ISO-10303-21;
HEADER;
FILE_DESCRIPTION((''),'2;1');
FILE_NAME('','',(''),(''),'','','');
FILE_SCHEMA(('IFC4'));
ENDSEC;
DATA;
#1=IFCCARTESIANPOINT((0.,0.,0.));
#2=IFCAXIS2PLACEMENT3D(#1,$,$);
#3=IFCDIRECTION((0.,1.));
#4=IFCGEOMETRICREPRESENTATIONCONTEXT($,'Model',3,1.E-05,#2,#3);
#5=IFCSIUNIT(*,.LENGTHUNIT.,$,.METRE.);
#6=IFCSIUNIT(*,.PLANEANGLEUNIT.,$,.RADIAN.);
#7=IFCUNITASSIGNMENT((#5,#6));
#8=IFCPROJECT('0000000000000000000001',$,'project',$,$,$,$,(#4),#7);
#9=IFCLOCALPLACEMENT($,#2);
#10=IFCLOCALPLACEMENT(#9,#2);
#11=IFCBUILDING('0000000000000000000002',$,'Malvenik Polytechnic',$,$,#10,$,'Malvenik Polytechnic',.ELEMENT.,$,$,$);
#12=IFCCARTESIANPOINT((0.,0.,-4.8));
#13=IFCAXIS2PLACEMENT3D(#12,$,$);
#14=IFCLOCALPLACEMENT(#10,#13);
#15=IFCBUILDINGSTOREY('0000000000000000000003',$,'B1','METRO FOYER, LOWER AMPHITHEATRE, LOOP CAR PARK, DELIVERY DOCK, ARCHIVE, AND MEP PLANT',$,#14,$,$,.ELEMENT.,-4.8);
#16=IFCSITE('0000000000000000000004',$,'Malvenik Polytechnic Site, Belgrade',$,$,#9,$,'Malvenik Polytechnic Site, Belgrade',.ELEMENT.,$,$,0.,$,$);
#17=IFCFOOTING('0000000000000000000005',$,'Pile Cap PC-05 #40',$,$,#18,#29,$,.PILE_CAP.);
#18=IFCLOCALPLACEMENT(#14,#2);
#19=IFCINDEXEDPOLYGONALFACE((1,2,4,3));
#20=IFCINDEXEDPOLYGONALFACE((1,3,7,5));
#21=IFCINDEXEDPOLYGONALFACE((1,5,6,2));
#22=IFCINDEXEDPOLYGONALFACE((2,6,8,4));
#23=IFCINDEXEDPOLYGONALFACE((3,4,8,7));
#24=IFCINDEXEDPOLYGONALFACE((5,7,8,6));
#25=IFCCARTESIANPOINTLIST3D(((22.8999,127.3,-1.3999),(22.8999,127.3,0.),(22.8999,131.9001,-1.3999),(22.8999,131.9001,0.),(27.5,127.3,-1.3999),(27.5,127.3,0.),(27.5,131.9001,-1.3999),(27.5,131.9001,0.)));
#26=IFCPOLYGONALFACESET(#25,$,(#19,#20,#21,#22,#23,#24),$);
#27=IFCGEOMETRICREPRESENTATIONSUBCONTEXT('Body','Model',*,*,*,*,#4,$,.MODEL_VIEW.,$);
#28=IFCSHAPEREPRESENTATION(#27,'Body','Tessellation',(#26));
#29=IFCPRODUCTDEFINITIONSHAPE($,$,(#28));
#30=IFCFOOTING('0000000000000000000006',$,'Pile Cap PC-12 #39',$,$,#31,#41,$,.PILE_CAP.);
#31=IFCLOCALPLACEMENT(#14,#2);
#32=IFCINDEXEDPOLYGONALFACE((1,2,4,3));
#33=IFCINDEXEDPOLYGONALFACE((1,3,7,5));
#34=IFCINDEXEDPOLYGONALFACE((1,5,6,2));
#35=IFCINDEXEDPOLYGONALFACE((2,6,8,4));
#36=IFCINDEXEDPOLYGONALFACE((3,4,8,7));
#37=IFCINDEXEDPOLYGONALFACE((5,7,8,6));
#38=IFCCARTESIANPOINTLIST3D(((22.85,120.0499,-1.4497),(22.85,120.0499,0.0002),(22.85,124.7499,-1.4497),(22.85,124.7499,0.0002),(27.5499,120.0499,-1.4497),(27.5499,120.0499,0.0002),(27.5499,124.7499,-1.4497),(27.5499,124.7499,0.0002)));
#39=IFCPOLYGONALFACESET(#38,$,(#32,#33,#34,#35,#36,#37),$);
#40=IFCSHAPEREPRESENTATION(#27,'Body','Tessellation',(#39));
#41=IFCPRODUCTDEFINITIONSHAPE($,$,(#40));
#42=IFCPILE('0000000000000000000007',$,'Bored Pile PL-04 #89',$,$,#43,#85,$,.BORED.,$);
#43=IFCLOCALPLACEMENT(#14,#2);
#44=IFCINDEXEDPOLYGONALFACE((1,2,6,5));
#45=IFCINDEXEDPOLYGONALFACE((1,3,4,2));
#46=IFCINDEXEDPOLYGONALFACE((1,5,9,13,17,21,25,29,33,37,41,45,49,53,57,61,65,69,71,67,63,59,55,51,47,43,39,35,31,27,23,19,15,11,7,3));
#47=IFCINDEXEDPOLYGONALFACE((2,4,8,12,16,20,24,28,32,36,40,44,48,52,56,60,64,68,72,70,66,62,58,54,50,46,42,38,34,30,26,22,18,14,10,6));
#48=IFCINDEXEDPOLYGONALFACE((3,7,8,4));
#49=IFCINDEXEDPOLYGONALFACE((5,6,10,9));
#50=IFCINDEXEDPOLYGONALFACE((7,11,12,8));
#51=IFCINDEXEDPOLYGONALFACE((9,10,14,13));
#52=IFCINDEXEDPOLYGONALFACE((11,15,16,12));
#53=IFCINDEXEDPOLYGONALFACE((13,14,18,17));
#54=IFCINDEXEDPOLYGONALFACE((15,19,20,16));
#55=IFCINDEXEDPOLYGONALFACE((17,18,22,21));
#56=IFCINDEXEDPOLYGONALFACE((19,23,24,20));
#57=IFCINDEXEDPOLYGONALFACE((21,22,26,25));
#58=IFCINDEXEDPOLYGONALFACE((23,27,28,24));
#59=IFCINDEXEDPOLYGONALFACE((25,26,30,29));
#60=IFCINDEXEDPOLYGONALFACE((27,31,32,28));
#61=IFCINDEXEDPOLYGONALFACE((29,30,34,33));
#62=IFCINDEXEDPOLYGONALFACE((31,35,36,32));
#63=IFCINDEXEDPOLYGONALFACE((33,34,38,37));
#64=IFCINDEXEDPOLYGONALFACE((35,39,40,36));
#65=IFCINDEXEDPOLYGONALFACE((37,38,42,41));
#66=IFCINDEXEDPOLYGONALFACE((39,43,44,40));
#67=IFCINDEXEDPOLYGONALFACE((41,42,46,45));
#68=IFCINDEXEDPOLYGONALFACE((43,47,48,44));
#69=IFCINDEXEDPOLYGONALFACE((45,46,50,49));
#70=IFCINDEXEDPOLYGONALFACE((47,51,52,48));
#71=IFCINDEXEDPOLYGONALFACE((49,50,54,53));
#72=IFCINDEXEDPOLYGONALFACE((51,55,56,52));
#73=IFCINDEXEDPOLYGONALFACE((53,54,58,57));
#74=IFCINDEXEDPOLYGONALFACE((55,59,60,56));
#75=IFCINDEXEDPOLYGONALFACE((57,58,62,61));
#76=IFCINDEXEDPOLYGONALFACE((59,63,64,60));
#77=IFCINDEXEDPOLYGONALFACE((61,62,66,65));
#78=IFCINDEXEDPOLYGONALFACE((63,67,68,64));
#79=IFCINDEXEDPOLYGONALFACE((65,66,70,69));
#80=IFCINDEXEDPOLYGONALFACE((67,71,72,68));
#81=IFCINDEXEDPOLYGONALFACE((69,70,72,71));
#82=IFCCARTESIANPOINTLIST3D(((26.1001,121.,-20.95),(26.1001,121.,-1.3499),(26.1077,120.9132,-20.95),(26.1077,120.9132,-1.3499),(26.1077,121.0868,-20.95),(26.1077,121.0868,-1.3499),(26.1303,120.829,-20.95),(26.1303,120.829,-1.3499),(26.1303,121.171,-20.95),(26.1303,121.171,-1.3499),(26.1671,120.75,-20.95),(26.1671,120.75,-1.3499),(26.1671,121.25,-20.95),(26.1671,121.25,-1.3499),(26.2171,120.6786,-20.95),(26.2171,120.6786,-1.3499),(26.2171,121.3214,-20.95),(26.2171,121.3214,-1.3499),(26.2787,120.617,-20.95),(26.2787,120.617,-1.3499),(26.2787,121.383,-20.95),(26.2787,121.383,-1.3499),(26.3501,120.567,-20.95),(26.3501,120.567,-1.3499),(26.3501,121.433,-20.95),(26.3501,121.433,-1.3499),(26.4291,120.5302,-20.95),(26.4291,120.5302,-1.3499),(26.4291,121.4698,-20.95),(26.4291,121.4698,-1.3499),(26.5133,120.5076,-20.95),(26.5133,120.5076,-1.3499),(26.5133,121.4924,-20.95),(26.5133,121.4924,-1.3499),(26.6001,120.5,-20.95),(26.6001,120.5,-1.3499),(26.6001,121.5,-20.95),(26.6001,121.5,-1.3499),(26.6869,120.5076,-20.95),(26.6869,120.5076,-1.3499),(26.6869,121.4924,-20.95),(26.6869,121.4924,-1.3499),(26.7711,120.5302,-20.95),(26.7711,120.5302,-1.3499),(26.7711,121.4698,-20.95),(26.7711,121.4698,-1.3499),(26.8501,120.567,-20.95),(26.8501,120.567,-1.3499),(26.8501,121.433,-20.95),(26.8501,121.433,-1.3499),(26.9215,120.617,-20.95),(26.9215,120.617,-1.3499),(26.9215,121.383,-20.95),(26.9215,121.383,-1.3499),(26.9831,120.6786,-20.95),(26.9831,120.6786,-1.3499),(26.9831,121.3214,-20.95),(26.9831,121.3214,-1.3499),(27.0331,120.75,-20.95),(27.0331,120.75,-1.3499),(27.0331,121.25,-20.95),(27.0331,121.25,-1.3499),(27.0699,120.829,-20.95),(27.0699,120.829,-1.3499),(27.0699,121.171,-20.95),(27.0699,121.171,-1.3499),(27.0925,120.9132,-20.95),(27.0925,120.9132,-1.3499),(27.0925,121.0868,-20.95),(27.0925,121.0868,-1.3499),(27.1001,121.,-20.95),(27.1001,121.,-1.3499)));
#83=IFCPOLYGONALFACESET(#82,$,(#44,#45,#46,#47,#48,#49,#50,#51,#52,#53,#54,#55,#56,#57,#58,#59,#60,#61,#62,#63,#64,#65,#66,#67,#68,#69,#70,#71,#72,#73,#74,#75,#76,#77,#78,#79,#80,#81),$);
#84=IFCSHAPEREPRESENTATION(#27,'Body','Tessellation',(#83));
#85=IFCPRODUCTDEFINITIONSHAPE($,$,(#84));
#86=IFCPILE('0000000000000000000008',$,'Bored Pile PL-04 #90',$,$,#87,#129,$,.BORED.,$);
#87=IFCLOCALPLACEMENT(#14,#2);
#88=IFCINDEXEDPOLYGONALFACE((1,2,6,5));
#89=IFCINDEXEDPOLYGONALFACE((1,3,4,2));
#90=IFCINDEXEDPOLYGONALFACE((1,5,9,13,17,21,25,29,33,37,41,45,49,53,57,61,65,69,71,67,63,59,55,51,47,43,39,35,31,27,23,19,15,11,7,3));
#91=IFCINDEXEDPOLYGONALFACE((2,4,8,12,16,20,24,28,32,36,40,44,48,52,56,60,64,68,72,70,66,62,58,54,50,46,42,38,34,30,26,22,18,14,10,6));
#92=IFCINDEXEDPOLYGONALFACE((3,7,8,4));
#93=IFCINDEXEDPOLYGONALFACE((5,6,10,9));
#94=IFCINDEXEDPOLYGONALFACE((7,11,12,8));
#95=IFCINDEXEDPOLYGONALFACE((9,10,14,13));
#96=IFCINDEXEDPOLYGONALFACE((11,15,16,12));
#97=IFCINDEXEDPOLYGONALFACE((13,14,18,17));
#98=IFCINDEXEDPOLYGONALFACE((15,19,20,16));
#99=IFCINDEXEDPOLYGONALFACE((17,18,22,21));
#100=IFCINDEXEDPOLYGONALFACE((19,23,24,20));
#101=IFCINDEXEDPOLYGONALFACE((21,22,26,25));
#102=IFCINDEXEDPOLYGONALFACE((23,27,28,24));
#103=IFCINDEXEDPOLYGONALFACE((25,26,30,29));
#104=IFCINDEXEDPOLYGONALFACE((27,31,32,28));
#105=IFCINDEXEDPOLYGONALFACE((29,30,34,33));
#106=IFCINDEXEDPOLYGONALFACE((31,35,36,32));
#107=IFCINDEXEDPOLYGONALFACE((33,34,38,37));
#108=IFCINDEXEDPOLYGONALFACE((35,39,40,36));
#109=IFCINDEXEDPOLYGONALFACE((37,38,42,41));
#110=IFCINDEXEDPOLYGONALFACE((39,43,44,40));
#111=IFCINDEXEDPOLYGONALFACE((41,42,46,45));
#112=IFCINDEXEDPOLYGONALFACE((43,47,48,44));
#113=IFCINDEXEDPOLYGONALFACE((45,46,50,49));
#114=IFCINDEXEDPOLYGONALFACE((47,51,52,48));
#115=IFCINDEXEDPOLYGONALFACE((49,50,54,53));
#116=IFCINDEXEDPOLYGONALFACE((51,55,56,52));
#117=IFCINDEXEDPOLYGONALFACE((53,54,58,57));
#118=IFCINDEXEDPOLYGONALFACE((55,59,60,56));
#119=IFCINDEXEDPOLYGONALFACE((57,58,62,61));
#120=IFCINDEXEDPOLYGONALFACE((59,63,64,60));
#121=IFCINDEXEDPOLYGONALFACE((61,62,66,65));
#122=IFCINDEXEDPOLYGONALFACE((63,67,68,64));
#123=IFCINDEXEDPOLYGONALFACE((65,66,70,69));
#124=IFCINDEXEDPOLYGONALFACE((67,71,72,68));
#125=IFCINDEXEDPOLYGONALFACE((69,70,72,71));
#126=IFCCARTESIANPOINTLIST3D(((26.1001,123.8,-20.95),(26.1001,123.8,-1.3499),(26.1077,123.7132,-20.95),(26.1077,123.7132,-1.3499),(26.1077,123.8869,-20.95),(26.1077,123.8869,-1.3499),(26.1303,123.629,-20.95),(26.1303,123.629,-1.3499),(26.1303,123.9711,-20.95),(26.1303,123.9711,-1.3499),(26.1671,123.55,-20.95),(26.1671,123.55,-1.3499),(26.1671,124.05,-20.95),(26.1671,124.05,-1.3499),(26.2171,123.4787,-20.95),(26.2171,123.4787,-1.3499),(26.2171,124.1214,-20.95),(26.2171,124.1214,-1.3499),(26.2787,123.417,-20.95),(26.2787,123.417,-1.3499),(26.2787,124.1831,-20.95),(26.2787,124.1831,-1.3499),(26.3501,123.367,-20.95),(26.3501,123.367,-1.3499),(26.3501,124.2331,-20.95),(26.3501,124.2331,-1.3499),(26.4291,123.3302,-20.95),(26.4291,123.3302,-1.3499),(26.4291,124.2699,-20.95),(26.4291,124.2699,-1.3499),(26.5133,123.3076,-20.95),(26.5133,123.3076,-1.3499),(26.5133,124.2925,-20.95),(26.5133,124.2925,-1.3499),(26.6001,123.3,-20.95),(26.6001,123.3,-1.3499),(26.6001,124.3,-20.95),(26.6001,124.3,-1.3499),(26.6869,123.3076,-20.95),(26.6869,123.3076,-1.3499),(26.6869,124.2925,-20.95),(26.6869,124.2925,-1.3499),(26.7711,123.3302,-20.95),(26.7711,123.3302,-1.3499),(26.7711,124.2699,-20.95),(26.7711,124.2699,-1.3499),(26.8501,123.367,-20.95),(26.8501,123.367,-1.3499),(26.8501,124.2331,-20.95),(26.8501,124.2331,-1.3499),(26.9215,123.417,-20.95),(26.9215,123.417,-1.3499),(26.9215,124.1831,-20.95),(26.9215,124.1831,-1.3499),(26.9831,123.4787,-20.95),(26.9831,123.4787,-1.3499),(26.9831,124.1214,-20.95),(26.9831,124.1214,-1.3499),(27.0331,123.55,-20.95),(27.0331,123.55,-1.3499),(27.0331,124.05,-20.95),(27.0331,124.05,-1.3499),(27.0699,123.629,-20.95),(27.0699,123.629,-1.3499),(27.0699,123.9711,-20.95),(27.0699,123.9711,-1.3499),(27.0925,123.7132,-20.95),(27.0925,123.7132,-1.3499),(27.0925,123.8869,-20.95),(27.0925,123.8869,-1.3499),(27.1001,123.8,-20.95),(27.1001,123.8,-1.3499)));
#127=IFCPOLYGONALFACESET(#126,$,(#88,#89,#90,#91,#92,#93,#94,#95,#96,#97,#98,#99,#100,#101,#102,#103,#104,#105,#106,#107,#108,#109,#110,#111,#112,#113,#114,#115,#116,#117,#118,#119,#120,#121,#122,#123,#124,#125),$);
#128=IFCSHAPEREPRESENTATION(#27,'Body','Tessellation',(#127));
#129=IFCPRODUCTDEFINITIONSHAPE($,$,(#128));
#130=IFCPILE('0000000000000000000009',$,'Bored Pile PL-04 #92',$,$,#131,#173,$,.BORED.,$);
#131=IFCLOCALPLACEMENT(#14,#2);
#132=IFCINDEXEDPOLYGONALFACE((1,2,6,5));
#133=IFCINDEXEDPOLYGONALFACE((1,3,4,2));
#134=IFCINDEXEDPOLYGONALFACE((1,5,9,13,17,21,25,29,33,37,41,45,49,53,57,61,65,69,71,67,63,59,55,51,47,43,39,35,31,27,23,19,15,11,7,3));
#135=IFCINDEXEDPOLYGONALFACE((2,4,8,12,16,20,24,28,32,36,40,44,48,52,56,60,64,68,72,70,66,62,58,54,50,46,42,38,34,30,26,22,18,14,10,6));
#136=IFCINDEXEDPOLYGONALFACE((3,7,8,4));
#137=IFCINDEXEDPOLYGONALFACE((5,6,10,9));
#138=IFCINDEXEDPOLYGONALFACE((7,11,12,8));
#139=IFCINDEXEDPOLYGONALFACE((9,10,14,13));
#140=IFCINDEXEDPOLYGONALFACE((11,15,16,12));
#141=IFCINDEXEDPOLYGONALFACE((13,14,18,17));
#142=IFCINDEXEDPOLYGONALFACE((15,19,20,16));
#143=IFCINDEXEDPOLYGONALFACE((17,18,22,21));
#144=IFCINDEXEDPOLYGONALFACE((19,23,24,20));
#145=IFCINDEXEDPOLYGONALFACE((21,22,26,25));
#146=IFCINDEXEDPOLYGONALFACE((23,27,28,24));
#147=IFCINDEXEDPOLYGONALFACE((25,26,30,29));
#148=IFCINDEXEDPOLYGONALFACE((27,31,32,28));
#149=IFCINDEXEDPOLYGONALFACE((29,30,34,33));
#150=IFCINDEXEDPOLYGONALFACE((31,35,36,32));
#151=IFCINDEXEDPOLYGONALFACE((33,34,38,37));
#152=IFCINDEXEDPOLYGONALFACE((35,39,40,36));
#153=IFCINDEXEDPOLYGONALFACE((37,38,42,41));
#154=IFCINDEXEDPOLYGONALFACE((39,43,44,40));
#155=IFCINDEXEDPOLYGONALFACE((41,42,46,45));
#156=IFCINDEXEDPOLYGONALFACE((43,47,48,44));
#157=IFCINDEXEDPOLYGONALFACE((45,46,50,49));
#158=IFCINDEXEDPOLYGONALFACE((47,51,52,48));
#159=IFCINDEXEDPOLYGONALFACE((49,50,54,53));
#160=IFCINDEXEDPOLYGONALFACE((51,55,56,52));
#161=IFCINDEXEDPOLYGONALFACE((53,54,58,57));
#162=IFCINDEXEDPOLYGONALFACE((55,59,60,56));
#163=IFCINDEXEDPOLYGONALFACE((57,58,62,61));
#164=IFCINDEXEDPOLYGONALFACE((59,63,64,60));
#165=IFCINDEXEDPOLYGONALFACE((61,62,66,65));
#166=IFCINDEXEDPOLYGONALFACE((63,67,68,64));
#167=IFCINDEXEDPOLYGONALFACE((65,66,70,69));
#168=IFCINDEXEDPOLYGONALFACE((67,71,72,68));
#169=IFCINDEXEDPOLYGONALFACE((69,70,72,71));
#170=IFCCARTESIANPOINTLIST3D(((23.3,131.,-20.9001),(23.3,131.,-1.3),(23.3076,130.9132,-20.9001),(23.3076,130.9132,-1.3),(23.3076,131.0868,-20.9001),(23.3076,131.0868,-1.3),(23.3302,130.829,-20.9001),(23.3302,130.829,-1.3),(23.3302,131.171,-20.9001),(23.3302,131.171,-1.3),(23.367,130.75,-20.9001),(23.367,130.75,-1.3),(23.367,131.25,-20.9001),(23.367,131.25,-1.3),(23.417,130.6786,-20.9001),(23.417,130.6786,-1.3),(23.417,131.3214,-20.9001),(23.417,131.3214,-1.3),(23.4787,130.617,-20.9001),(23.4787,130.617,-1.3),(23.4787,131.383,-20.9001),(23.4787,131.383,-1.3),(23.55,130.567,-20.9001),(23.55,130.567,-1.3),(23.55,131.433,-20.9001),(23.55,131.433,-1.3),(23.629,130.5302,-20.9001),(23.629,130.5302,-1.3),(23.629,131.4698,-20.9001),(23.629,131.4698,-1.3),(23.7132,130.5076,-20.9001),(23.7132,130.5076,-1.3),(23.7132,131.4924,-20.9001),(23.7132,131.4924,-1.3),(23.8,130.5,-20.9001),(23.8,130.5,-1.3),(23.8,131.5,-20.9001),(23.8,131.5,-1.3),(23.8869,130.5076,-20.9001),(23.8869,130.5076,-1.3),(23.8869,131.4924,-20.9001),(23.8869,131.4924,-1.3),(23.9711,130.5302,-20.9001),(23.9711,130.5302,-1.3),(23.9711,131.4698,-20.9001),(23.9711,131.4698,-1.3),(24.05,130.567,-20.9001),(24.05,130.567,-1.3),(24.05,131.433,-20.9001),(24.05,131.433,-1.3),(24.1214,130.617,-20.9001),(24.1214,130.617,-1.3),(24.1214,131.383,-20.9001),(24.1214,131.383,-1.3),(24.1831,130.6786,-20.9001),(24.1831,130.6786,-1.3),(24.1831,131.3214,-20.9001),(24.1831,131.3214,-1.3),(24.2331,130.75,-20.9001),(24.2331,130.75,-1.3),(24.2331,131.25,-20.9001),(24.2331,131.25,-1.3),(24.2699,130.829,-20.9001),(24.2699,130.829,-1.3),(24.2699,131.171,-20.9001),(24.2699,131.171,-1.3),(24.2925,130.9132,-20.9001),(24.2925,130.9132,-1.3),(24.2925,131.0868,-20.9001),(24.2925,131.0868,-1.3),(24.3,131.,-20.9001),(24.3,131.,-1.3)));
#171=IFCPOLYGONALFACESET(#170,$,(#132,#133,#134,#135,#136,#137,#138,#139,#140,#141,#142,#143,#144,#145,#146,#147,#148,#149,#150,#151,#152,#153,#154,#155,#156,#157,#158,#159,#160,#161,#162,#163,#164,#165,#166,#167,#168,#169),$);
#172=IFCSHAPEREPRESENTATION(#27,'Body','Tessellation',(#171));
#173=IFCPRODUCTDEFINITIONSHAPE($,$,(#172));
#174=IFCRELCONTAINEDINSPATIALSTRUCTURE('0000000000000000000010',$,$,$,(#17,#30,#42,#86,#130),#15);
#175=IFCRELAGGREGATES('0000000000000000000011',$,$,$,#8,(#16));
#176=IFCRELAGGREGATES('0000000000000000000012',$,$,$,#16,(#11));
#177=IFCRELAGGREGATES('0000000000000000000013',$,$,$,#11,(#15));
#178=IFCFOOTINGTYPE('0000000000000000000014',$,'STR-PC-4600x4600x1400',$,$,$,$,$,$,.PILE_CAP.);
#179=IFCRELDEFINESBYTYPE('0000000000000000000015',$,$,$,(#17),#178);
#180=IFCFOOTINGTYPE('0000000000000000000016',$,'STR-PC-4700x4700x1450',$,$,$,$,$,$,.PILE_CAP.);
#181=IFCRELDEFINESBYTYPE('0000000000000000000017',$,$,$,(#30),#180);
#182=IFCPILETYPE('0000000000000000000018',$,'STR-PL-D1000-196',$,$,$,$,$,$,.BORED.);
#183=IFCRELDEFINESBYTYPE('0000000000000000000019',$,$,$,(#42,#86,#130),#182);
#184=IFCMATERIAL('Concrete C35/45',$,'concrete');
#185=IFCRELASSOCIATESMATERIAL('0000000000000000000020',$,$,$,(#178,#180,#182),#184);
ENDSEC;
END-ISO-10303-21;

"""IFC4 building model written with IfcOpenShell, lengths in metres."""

from ifc_helpers import new_model, si_unit, direction, frame, origin, origin_2d, place, context, subcontext, project, spatial, rectangle, circle, extrude, material, material_profile, profile_set, type_object, element, save


model = new_model("IFC4")

# Units and contexts
model_context = context("Model", 3, precision=1e-05, world=origin(), true_north=direction((0.0, 1.0)))
body_context = subcontext(model_context, "Body", "Model", "MODEL_VIEW")
ifc_project = project(units=[si_unit("LENGTHUNIT", "METRE"), si_unit("PLANEANGLEUNIT", "RADIAN")], contexts=[model_context])

# Site, building, storey
site_placement = place(None, origin())
site = spatial("IfcSite", under=ifc_project, at=site_placement, Name="Malvenik Polytechnic Site, Belgrade", LongName="Malvenik Polytechnic Site, Belgrade", CompositionType="ELEMENT", RefElevation=0.0)
building_placement = place(site_placement, origin())
building = spatial("IfcBuilding", under=site, at=building_placement, Name="Malvenik Polytechnic", LongName="Malvenik Polytechnic", CompositionType="ELEMENT")
storey_placement = place(building_placement, frame((0.0, 0.0, -4.8)))
storey = spatial("IfcBuildingStorey", under=building, at=storey_placement, Name="B1", Description="METRO FOYER, LOWER AMPHITHEATRE, LOOP CAR PARK, DELIVERY DOCK, ARCHIVE, AND MEP PLANT", CompositionType="ELEMENT", Elevation=-4.8)

# Footings
ifc_material_1 = material(Name="Concrete C35/45", Category="concrete")
footing_type_1 = type_object("IfcFootingType", Name="STR-PC-4600x4600x1400", PredefinedType="PILE_CAP", material=ifc_material_1)
footing_1_placement = place(storey_placement, frame((25.2, 129.6001, -1.3999), z_axis=(0.0, 0.0, 1.0), x_axis=(1.0, 0.0, 0.0)))
element("IfcFooting", 1, at=footing_1_placement, inside=storey, type_object=footing_type_1, Name="Pile Cap PC-05 #40", PredefinedType="PILE_CAP", context=body_context, shape_type="SweptSolid", body=[
    extrude(rectangle(XDim=4.6001, YDim=4.6001, at=origin_2d()), origin(), (0.0, 0.0, 1.0), 1.3999),
])
footing_type_2 = type_object("IfcFootingType", Name="STR-PC-4700x4700x1450", PredefinedType="PILE_CAP", material=ifc_material_1)
footing_2_placement = place(storey_placement, frame((25.2, 122.3999, -1.4497), z_axis=(0.0, 0.0, 1.0), x_axis=(1.0, 0.0, 0.0)))
element("IfcFooting", 2, at=footing_2_placement, inside=storey, type_object=footing_type_2, Name="Pile Cap PC-12 #39", PredefinedType="PILE_CAP", context=body_context, shape_type="SweptSolid", body=[
    extrude(rectangle(XDim=4.7, YDim=4.7, at=origin_2d()), origin(), (0.0, 0.0, 1.0), 1.45),
])

# Piles
ifc_material_profile_1 = material_profile(ifc_material_1, circle(Radius=0.5, at=origin_2d()), Name="BORED PILE D1000")
ifc_profile_set_1 = profile_set([ifc_material_profile_1], Name="Concrete C35/45")
pile_type = type_object("IfcPileType", Name="STR-PL-D1000-196", PredefinedType="BORED", material=ifc_profile_set_1)
for number, where, z_axis, x_axis, name in (
    (3, (26.6001, 121.0, -1.3499), (0.0, 0.0, -1.0), (1.0, 0.0, 0.0), "Bored Pile PL-04 #89"),
    (4, (26.6001, 123.8, -1.3499), (0.0, 0.0, -1.0), (1.0, 0.0, 0.0), "Bored Pile PL-04 #90"),
    (5, (23.8, 131.0, -1.3), (0.0, 0.0, -1.0), (1.0, 0.0, 0.0), "Bored Pile PL-04 #92"),
):
    element("IfcPile", number, at=place(storey_placement, frame(where, z_axis=z_axis, x_axis=x_axis)), inside=storey, type_object=pile_type, Name=name, PredefinedType="BORED", context=body_context, shape_type="SweptSolid", body=[
        extrude(circle(Radius=0.5, at=origin_2d()), origin(), (0.0, 0.0, 1.0), 19.6001),
    ])

save(model, "model.ifc")
